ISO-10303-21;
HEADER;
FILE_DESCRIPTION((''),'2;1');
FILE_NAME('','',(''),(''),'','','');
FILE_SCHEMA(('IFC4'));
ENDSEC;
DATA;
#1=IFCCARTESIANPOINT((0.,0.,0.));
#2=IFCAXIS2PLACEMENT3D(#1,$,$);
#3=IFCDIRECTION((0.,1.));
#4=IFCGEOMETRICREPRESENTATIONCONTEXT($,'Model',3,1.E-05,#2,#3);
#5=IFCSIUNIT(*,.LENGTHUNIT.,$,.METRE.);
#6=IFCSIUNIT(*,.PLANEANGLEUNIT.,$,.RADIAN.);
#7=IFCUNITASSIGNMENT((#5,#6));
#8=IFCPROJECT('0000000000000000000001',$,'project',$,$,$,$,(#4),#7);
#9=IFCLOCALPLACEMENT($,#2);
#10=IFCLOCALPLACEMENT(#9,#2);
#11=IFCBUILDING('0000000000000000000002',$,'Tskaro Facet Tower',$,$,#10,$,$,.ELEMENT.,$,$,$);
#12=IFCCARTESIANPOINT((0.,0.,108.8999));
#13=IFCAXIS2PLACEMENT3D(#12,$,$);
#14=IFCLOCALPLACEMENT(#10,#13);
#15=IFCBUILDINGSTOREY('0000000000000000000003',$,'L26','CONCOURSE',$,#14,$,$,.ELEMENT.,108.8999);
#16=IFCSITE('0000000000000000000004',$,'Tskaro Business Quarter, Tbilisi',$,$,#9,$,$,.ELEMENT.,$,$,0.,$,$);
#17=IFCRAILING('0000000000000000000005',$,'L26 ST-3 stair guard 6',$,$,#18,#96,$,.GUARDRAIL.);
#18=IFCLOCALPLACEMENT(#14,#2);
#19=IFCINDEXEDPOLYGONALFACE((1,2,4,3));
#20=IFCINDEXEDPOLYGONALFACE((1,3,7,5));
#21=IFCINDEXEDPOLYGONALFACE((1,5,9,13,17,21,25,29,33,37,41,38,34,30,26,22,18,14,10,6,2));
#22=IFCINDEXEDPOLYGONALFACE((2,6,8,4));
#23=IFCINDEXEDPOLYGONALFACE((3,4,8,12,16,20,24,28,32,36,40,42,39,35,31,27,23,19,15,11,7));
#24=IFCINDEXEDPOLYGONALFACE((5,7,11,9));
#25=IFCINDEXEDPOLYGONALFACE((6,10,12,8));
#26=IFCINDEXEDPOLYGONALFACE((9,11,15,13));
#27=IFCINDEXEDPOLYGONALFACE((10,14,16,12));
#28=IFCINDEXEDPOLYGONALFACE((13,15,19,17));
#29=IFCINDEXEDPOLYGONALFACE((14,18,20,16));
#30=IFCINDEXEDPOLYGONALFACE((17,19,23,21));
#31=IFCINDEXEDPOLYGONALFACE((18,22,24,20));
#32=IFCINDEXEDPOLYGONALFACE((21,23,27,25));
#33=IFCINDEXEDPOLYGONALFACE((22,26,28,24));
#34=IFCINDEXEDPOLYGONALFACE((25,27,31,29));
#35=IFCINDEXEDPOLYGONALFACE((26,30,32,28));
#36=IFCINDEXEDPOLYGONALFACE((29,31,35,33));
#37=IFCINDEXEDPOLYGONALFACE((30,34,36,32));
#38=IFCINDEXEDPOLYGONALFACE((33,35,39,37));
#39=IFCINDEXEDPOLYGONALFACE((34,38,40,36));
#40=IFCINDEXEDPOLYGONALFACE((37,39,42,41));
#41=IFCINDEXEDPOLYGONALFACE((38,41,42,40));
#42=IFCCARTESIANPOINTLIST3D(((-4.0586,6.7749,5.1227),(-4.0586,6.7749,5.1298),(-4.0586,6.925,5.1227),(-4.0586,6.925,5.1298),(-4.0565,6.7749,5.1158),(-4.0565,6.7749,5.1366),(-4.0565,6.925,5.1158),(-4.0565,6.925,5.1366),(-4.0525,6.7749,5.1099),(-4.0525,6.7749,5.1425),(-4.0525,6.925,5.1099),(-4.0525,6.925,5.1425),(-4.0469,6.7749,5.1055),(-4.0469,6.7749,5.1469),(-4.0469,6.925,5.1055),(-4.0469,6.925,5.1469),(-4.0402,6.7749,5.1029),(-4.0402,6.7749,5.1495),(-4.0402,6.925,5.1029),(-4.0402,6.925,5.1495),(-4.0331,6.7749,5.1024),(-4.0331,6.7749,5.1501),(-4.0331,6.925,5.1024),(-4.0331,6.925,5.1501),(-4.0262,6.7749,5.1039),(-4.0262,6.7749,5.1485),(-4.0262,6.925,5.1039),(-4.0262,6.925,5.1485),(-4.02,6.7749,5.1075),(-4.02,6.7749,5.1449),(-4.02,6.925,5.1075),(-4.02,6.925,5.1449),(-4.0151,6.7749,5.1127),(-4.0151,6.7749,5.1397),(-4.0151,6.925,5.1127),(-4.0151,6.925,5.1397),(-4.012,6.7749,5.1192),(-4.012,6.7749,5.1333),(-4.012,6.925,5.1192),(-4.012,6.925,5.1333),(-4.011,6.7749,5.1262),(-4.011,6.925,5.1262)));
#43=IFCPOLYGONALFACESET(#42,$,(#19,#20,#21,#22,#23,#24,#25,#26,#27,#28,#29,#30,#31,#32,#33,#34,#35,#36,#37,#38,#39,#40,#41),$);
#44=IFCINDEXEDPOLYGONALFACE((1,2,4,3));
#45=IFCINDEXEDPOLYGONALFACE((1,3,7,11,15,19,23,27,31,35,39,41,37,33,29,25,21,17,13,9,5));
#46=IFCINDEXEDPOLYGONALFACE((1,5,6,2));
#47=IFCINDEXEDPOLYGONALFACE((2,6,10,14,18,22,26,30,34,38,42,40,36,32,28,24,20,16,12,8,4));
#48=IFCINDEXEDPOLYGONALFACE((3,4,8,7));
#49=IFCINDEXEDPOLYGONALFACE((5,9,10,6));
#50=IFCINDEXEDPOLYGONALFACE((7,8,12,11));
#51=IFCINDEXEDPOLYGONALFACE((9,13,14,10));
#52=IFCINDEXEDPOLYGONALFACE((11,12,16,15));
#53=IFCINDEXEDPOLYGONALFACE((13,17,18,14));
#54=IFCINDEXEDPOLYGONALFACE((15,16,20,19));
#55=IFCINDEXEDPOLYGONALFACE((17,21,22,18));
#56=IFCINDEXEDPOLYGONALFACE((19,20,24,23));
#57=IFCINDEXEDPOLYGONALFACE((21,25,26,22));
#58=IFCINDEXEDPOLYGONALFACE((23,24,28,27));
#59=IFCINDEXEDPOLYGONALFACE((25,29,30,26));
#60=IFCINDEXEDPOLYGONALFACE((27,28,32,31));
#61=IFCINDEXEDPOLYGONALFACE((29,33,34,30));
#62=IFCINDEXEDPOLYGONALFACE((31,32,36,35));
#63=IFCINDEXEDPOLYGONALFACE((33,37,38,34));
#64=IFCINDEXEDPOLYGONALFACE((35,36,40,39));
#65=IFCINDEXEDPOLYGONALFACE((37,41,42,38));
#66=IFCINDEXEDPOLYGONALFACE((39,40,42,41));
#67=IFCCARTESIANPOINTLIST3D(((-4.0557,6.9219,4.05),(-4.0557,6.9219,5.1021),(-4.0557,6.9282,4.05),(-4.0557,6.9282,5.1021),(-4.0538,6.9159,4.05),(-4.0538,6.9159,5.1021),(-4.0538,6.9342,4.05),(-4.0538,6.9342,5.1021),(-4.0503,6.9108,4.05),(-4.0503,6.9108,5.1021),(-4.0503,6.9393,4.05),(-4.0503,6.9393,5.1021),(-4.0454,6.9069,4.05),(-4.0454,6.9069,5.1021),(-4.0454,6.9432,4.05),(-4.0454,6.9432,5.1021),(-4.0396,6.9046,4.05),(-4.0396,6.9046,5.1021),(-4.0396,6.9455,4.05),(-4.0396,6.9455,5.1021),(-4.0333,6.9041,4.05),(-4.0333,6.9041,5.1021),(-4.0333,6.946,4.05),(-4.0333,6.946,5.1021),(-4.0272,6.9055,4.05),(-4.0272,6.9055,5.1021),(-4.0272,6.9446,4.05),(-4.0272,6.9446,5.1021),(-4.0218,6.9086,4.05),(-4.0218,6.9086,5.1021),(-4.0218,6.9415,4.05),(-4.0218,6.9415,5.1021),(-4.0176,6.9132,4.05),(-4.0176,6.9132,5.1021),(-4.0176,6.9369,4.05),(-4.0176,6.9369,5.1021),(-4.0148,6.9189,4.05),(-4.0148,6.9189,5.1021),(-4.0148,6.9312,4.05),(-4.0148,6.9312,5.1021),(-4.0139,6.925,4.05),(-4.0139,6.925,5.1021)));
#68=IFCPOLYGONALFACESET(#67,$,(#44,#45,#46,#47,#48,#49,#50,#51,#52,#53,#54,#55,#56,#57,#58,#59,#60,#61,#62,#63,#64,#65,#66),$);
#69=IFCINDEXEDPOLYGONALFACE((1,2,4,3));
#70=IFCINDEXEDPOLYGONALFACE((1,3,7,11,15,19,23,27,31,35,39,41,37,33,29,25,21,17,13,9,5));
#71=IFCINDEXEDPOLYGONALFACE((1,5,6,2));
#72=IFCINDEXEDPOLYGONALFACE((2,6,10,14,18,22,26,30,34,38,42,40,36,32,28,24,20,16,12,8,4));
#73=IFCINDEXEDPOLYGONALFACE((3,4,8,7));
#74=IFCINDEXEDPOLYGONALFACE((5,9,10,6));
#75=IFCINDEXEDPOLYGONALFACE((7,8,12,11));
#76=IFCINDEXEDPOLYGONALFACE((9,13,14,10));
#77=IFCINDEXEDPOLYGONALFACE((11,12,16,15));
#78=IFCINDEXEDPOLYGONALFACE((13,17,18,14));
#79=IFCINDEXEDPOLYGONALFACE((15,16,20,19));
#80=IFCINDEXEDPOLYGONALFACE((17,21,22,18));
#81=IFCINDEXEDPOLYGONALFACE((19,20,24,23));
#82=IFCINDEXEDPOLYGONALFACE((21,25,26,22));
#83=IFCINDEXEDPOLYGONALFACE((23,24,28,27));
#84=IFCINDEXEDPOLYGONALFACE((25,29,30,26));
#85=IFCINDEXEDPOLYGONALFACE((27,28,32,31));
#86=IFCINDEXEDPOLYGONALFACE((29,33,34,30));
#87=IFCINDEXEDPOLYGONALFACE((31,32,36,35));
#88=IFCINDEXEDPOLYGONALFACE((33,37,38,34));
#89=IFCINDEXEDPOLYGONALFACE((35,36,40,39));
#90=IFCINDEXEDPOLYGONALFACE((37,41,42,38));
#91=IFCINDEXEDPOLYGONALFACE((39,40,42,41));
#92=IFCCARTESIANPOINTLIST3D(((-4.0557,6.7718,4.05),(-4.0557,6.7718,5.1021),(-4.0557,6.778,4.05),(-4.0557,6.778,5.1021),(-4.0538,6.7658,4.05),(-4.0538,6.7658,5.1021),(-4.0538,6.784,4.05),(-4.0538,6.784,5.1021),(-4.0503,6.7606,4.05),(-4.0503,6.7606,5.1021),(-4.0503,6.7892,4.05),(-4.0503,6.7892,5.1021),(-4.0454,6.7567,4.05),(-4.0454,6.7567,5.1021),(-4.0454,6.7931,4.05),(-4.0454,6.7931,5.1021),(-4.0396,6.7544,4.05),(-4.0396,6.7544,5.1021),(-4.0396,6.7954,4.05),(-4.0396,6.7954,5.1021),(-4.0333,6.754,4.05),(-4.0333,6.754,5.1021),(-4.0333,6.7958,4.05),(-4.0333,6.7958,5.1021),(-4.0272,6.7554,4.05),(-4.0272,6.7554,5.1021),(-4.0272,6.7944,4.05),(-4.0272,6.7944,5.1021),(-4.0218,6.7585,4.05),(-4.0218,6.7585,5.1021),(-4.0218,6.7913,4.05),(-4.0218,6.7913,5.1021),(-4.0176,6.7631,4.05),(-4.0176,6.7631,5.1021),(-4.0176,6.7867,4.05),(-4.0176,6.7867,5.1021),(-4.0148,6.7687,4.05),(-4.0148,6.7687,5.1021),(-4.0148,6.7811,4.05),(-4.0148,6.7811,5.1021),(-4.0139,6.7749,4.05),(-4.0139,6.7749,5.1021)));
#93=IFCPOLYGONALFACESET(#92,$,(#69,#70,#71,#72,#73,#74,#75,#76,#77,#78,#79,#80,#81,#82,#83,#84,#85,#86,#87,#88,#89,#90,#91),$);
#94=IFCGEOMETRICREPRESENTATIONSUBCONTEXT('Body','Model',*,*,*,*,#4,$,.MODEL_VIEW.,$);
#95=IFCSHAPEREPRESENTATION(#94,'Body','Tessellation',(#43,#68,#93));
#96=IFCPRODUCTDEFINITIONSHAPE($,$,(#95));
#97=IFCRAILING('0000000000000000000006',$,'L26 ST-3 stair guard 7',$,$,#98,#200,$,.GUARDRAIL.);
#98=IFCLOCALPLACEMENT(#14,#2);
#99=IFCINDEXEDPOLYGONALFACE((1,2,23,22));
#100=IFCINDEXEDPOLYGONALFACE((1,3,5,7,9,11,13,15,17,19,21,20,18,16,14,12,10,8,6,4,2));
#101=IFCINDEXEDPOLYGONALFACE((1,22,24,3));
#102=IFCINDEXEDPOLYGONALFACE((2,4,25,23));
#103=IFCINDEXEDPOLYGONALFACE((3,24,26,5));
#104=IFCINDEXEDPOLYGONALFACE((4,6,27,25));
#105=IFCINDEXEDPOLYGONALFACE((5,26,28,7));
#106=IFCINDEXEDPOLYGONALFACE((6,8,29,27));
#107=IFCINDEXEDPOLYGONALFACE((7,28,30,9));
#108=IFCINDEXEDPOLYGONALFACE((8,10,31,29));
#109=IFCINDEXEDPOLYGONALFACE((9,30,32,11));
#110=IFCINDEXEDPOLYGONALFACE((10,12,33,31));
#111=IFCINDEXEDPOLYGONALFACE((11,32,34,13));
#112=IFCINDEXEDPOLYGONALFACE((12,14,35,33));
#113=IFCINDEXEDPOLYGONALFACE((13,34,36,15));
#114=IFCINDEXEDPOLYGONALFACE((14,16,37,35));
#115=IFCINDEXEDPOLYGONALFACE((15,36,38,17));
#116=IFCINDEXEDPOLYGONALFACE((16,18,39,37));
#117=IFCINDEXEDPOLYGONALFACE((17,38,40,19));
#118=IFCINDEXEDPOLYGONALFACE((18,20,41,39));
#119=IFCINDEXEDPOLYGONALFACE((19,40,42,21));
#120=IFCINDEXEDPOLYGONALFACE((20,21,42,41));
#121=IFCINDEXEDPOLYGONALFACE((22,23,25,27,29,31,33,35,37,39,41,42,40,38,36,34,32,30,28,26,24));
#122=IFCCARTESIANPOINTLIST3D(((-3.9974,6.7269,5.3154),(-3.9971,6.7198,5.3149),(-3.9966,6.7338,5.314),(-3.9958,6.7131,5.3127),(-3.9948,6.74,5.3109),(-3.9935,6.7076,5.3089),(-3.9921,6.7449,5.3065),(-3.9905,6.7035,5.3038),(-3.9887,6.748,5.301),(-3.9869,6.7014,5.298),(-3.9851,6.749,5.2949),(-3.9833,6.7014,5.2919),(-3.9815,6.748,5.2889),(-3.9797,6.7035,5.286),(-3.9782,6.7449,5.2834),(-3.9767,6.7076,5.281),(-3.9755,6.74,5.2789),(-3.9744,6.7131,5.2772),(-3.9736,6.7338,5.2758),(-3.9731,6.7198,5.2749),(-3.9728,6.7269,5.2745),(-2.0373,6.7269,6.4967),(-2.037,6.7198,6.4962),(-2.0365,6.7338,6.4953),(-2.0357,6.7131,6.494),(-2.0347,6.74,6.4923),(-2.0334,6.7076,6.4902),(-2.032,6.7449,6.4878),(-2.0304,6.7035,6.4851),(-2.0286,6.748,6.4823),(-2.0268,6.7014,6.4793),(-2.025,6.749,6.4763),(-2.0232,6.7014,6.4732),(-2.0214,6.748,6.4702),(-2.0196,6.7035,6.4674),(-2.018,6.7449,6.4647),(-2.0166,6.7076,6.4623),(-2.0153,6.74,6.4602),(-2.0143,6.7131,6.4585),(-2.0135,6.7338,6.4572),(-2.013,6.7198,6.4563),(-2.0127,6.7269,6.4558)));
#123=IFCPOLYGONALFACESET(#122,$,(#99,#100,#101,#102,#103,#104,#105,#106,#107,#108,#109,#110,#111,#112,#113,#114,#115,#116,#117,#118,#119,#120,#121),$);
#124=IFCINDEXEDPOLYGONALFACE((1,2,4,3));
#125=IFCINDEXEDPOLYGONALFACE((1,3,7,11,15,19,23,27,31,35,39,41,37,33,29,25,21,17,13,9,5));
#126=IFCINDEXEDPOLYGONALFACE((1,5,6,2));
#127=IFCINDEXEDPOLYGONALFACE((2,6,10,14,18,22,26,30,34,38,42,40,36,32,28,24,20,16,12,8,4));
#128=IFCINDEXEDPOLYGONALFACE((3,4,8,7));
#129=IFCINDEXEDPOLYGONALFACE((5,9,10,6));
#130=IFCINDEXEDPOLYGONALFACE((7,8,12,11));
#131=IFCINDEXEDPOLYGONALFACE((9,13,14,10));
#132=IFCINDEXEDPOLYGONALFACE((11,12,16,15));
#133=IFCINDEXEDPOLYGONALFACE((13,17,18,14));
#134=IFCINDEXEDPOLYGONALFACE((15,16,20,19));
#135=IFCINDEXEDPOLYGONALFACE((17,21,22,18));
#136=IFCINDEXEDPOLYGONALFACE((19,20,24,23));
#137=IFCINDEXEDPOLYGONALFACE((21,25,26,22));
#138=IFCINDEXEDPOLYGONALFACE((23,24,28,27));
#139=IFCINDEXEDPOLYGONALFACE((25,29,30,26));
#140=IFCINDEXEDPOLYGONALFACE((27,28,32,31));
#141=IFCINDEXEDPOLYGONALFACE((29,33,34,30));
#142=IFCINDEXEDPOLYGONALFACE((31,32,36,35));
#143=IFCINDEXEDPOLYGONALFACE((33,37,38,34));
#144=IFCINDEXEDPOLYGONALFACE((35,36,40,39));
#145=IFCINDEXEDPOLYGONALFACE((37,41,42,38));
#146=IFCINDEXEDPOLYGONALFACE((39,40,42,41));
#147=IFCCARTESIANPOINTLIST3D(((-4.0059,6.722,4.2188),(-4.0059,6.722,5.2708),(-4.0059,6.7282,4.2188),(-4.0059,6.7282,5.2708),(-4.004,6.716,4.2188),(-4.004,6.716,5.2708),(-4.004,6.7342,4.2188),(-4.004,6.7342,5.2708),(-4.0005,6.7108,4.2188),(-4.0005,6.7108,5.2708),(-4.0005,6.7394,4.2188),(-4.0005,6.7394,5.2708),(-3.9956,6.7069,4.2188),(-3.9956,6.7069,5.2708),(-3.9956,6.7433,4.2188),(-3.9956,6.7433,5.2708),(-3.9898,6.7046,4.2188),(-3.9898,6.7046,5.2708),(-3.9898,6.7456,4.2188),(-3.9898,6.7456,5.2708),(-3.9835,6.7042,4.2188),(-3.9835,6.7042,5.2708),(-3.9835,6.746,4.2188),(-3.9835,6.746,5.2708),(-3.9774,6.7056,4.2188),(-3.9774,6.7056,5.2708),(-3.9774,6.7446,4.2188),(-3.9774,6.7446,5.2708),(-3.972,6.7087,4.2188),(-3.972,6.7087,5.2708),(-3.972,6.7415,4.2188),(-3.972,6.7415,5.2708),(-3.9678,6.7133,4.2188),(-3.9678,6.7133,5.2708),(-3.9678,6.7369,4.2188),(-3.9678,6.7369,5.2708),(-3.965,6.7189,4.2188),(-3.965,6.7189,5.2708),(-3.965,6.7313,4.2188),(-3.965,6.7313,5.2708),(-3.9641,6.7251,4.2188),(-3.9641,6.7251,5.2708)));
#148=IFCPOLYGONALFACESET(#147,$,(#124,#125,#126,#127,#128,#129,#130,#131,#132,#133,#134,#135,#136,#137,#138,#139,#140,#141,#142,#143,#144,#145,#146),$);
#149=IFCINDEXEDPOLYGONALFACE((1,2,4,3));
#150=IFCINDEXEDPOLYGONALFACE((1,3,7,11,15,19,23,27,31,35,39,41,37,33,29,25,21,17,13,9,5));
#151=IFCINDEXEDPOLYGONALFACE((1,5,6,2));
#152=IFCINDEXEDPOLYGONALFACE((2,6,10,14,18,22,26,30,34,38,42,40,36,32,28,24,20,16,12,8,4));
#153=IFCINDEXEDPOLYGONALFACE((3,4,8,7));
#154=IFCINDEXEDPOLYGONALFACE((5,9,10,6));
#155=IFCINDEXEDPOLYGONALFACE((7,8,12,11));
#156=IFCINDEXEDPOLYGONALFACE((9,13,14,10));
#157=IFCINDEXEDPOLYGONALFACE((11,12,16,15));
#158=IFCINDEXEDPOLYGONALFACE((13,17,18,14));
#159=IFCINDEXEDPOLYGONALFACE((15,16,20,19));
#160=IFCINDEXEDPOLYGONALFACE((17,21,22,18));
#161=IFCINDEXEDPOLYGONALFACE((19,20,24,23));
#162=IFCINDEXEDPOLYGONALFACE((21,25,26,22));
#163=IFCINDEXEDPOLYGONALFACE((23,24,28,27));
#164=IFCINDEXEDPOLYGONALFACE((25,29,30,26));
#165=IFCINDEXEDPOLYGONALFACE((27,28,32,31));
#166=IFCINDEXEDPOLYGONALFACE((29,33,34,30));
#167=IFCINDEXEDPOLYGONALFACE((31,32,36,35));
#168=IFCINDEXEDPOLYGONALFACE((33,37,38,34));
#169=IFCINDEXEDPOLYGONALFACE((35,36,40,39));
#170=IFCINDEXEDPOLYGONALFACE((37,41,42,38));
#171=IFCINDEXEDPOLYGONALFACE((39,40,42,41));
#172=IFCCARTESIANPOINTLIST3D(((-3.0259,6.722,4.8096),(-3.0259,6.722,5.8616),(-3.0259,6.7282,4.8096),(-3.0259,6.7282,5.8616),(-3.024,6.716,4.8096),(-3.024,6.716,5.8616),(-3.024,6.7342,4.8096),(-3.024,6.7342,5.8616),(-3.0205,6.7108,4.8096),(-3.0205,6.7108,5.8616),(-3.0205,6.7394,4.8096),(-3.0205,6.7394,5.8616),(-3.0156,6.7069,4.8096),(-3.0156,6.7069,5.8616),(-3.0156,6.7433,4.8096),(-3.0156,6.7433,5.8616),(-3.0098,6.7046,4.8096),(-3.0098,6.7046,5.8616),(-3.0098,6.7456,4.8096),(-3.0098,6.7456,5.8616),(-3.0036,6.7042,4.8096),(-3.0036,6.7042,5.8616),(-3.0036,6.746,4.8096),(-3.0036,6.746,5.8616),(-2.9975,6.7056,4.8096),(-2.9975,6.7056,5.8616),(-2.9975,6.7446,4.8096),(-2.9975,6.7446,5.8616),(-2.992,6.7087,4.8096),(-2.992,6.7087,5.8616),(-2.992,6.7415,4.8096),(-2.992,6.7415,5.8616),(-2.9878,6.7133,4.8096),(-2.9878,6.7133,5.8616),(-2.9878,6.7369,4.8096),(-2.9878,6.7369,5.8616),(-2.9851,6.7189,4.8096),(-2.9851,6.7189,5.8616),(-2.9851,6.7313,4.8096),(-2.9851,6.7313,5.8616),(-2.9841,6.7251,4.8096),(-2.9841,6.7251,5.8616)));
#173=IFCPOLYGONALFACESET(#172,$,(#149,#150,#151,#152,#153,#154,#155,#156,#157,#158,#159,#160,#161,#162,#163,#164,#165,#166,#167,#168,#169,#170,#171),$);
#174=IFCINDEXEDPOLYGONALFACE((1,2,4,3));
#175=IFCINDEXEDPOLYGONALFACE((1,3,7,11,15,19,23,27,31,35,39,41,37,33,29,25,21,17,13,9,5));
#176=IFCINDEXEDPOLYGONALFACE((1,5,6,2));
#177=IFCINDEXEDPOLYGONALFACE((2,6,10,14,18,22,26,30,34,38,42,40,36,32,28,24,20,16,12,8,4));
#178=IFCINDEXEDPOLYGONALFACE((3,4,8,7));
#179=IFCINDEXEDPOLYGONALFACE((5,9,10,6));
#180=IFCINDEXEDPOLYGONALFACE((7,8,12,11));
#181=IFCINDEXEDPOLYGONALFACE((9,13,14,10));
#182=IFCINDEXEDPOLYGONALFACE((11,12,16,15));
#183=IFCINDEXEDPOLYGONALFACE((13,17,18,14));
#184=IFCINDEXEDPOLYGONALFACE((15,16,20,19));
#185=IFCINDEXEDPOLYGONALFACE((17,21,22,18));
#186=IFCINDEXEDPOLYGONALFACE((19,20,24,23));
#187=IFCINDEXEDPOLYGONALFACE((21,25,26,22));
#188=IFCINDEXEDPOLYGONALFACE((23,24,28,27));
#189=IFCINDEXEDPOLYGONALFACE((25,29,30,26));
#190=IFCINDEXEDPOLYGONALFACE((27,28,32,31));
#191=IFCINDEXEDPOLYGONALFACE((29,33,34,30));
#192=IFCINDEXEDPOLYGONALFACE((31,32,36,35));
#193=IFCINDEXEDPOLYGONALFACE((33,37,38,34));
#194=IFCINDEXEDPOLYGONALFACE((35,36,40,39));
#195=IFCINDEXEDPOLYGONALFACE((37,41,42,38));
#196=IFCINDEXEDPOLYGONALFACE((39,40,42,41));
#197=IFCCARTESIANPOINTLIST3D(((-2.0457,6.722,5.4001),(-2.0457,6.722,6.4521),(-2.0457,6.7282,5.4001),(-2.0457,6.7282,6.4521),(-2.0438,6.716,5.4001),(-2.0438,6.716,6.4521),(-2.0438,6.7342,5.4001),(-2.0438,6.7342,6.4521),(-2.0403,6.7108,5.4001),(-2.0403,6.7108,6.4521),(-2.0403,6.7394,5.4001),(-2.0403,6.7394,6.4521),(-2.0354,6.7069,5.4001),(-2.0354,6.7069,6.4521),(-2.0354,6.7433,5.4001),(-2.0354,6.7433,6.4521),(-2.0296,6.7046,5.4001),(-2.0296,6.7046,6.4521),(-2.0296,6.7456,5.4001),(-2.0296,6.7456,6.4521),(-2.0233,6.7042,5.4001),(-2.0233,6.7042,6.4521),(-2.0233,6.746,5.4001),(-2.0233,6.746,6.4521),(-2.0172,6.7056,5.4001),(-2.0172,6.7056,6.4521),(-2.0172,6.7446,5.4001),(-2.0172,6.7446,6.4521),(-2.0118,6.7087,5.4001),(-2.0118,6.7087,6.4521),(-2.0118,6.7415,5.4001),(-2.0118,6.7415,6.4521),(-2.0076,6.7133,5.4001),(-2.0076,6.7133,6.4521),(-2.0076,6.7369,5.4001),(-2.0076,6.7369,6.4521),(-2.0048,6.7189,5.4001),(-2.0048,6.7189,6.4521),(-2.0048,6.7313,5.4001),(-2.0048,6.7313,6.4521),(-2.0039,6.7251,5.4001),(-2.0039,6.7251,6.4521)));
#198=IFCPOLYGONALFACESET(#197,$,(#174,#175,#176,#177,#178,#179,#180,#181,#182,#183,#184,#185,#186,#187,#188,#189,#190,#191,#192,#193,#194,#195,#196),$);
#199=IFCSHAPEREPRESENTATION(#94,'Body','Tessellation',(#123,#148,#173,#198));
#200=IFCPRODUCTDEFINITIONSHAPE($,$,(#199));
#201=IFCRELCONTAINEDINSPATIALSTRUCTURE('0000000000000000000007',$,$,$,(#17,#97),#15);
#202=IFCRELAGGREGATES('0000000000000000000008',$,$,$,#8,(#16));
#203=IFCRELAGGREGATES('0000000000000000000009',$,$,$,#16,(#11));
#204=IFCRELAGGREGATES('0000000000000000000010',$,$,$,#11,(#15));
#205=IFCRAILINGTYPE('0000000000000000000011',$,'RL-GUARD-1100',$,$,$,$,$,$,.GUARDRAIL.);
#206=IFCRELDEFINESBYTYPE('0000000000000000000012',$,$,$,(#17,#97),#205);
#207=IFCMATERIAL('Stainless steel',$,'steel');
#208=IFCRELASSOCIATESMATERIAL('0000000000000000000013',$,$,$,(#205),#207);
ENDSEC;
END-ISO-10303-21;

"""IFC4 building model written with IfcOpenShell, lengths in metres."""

from ifc_helpers import new_model, si_unit, direction, frame, origin, origin_2d, place, context, subcontext, project, spatial, circle, extrude, material, type_object, element, save


model = new_model("IFC4")

# Units and contexts
model_context = context("Model", 3, precision=1e-05, world=origin(), true_north=direction((0.0, 1.0)))
body_context = subcontext(model_context, "Body", "Model", "MODEL_VIEW")
ifc_project = project(units=[si_unit("LENGTHUNIT", "METRE"), si_unit("PLANEANGLEUNIT", "RADIAN")], contexts=[model_context])

# Site, building, storey
site_placement = place(None, origin())
site = spatial("IfcSite", under=ifc_project, at=site_placement, Name="Tskaro Business Quarter, Tbilisi", CompositionType="ELEMENT", RefElevation=0.0)
building_placement = place(site_placement, origin())
building = spatial("IfcBuilding", under=site, at=building_placement, Name="Tskaro Facet Tower", CompositionType="ELEMENT")
storey_placement = place(building_placement, frame((0.0, 0.0, 108.8999)))
storey = spatial("IfcBuildingStorey", under=building, at=storey_placement, Name="L26", Description="CONCOURSE", CompositionType="ELEMENT", Elevation=108.8999)

# Railings
ifc_material_1 = material(Name="Stainless steel", Category="steel")
railing_type_1 = type_object("IfcRailingType", Name="RL-GUARD-1100", PredefinedType="GUARDRAIL", material=ifc_material_1)
railing_1_placement = place(storey_placement, frame((-4.0349, 6.925, 4.05)))
element("IfcRailing", 1, at=railing_1_placement, inside=storey, type_object=railing_type_1, Name="L26 ST-3 stair guard 6", PredefinedType="GUARDRAIL", context=body_context, shape_type="SweptSolid", body=[
    extrude(circle(Radius=0.0239, at=origin_2d()), frame((0.0, 0.0, 1.0762), z_axis=(0.0, -1.0, 0.0), x_axis=(1.0, 0.0, 0.0)), (0.0, 0.0, 1.0), 0.1501),
    extrude(circle(Radius=0.021, at=origin_2d()), origin(), (0.0, 0.0, 1.0), 1.052),
    extrude(circle(Radius=0.021, at=origin_2d()), frame((0.0, -0.1501, 0.0)), (0.0, 0.0, 1.0), 1.052),
])
railing_2_placement = place(storey_placement, frame((-3.9851, 6.7251, 4.2188)))
element("IfcRailing", 2, at=railing_2_placement, inside=storey, type_object=railing_type_1, Name="L26 ST-3 stair guard 7", PredefinedType="GUARDRAIL", context=body_context, shape_type="SweptSolid", body=[
    extrude(circle(Radius=0.0239, at=origin_2d()), frame((0.0, 0.0, 1.0762), z_axis=(0.856475, 0.0, 0.516189), x_axis=(0.0, 1.0, 0.0)), (0.0, 0.0, 1.0), 2.2886),
    extrude(circle(Radius=0.021, at=origin_2d()), origin(), (0.0, 0.0, 1.0), 1.052),
    extrude(circle(Radius=0.021, at=origin_2d()), frame((0.98, 0.0, 0.5908)), (0.0, 0.0, 1.0), 1.052),
    extrude(circle(Radius=0.021, at=origin_2d()), frame((1.9602, 0.0, 1.1814)), (0.0, 0.0, 1.0), 1.052),
])

save(model, "model.ifc")
